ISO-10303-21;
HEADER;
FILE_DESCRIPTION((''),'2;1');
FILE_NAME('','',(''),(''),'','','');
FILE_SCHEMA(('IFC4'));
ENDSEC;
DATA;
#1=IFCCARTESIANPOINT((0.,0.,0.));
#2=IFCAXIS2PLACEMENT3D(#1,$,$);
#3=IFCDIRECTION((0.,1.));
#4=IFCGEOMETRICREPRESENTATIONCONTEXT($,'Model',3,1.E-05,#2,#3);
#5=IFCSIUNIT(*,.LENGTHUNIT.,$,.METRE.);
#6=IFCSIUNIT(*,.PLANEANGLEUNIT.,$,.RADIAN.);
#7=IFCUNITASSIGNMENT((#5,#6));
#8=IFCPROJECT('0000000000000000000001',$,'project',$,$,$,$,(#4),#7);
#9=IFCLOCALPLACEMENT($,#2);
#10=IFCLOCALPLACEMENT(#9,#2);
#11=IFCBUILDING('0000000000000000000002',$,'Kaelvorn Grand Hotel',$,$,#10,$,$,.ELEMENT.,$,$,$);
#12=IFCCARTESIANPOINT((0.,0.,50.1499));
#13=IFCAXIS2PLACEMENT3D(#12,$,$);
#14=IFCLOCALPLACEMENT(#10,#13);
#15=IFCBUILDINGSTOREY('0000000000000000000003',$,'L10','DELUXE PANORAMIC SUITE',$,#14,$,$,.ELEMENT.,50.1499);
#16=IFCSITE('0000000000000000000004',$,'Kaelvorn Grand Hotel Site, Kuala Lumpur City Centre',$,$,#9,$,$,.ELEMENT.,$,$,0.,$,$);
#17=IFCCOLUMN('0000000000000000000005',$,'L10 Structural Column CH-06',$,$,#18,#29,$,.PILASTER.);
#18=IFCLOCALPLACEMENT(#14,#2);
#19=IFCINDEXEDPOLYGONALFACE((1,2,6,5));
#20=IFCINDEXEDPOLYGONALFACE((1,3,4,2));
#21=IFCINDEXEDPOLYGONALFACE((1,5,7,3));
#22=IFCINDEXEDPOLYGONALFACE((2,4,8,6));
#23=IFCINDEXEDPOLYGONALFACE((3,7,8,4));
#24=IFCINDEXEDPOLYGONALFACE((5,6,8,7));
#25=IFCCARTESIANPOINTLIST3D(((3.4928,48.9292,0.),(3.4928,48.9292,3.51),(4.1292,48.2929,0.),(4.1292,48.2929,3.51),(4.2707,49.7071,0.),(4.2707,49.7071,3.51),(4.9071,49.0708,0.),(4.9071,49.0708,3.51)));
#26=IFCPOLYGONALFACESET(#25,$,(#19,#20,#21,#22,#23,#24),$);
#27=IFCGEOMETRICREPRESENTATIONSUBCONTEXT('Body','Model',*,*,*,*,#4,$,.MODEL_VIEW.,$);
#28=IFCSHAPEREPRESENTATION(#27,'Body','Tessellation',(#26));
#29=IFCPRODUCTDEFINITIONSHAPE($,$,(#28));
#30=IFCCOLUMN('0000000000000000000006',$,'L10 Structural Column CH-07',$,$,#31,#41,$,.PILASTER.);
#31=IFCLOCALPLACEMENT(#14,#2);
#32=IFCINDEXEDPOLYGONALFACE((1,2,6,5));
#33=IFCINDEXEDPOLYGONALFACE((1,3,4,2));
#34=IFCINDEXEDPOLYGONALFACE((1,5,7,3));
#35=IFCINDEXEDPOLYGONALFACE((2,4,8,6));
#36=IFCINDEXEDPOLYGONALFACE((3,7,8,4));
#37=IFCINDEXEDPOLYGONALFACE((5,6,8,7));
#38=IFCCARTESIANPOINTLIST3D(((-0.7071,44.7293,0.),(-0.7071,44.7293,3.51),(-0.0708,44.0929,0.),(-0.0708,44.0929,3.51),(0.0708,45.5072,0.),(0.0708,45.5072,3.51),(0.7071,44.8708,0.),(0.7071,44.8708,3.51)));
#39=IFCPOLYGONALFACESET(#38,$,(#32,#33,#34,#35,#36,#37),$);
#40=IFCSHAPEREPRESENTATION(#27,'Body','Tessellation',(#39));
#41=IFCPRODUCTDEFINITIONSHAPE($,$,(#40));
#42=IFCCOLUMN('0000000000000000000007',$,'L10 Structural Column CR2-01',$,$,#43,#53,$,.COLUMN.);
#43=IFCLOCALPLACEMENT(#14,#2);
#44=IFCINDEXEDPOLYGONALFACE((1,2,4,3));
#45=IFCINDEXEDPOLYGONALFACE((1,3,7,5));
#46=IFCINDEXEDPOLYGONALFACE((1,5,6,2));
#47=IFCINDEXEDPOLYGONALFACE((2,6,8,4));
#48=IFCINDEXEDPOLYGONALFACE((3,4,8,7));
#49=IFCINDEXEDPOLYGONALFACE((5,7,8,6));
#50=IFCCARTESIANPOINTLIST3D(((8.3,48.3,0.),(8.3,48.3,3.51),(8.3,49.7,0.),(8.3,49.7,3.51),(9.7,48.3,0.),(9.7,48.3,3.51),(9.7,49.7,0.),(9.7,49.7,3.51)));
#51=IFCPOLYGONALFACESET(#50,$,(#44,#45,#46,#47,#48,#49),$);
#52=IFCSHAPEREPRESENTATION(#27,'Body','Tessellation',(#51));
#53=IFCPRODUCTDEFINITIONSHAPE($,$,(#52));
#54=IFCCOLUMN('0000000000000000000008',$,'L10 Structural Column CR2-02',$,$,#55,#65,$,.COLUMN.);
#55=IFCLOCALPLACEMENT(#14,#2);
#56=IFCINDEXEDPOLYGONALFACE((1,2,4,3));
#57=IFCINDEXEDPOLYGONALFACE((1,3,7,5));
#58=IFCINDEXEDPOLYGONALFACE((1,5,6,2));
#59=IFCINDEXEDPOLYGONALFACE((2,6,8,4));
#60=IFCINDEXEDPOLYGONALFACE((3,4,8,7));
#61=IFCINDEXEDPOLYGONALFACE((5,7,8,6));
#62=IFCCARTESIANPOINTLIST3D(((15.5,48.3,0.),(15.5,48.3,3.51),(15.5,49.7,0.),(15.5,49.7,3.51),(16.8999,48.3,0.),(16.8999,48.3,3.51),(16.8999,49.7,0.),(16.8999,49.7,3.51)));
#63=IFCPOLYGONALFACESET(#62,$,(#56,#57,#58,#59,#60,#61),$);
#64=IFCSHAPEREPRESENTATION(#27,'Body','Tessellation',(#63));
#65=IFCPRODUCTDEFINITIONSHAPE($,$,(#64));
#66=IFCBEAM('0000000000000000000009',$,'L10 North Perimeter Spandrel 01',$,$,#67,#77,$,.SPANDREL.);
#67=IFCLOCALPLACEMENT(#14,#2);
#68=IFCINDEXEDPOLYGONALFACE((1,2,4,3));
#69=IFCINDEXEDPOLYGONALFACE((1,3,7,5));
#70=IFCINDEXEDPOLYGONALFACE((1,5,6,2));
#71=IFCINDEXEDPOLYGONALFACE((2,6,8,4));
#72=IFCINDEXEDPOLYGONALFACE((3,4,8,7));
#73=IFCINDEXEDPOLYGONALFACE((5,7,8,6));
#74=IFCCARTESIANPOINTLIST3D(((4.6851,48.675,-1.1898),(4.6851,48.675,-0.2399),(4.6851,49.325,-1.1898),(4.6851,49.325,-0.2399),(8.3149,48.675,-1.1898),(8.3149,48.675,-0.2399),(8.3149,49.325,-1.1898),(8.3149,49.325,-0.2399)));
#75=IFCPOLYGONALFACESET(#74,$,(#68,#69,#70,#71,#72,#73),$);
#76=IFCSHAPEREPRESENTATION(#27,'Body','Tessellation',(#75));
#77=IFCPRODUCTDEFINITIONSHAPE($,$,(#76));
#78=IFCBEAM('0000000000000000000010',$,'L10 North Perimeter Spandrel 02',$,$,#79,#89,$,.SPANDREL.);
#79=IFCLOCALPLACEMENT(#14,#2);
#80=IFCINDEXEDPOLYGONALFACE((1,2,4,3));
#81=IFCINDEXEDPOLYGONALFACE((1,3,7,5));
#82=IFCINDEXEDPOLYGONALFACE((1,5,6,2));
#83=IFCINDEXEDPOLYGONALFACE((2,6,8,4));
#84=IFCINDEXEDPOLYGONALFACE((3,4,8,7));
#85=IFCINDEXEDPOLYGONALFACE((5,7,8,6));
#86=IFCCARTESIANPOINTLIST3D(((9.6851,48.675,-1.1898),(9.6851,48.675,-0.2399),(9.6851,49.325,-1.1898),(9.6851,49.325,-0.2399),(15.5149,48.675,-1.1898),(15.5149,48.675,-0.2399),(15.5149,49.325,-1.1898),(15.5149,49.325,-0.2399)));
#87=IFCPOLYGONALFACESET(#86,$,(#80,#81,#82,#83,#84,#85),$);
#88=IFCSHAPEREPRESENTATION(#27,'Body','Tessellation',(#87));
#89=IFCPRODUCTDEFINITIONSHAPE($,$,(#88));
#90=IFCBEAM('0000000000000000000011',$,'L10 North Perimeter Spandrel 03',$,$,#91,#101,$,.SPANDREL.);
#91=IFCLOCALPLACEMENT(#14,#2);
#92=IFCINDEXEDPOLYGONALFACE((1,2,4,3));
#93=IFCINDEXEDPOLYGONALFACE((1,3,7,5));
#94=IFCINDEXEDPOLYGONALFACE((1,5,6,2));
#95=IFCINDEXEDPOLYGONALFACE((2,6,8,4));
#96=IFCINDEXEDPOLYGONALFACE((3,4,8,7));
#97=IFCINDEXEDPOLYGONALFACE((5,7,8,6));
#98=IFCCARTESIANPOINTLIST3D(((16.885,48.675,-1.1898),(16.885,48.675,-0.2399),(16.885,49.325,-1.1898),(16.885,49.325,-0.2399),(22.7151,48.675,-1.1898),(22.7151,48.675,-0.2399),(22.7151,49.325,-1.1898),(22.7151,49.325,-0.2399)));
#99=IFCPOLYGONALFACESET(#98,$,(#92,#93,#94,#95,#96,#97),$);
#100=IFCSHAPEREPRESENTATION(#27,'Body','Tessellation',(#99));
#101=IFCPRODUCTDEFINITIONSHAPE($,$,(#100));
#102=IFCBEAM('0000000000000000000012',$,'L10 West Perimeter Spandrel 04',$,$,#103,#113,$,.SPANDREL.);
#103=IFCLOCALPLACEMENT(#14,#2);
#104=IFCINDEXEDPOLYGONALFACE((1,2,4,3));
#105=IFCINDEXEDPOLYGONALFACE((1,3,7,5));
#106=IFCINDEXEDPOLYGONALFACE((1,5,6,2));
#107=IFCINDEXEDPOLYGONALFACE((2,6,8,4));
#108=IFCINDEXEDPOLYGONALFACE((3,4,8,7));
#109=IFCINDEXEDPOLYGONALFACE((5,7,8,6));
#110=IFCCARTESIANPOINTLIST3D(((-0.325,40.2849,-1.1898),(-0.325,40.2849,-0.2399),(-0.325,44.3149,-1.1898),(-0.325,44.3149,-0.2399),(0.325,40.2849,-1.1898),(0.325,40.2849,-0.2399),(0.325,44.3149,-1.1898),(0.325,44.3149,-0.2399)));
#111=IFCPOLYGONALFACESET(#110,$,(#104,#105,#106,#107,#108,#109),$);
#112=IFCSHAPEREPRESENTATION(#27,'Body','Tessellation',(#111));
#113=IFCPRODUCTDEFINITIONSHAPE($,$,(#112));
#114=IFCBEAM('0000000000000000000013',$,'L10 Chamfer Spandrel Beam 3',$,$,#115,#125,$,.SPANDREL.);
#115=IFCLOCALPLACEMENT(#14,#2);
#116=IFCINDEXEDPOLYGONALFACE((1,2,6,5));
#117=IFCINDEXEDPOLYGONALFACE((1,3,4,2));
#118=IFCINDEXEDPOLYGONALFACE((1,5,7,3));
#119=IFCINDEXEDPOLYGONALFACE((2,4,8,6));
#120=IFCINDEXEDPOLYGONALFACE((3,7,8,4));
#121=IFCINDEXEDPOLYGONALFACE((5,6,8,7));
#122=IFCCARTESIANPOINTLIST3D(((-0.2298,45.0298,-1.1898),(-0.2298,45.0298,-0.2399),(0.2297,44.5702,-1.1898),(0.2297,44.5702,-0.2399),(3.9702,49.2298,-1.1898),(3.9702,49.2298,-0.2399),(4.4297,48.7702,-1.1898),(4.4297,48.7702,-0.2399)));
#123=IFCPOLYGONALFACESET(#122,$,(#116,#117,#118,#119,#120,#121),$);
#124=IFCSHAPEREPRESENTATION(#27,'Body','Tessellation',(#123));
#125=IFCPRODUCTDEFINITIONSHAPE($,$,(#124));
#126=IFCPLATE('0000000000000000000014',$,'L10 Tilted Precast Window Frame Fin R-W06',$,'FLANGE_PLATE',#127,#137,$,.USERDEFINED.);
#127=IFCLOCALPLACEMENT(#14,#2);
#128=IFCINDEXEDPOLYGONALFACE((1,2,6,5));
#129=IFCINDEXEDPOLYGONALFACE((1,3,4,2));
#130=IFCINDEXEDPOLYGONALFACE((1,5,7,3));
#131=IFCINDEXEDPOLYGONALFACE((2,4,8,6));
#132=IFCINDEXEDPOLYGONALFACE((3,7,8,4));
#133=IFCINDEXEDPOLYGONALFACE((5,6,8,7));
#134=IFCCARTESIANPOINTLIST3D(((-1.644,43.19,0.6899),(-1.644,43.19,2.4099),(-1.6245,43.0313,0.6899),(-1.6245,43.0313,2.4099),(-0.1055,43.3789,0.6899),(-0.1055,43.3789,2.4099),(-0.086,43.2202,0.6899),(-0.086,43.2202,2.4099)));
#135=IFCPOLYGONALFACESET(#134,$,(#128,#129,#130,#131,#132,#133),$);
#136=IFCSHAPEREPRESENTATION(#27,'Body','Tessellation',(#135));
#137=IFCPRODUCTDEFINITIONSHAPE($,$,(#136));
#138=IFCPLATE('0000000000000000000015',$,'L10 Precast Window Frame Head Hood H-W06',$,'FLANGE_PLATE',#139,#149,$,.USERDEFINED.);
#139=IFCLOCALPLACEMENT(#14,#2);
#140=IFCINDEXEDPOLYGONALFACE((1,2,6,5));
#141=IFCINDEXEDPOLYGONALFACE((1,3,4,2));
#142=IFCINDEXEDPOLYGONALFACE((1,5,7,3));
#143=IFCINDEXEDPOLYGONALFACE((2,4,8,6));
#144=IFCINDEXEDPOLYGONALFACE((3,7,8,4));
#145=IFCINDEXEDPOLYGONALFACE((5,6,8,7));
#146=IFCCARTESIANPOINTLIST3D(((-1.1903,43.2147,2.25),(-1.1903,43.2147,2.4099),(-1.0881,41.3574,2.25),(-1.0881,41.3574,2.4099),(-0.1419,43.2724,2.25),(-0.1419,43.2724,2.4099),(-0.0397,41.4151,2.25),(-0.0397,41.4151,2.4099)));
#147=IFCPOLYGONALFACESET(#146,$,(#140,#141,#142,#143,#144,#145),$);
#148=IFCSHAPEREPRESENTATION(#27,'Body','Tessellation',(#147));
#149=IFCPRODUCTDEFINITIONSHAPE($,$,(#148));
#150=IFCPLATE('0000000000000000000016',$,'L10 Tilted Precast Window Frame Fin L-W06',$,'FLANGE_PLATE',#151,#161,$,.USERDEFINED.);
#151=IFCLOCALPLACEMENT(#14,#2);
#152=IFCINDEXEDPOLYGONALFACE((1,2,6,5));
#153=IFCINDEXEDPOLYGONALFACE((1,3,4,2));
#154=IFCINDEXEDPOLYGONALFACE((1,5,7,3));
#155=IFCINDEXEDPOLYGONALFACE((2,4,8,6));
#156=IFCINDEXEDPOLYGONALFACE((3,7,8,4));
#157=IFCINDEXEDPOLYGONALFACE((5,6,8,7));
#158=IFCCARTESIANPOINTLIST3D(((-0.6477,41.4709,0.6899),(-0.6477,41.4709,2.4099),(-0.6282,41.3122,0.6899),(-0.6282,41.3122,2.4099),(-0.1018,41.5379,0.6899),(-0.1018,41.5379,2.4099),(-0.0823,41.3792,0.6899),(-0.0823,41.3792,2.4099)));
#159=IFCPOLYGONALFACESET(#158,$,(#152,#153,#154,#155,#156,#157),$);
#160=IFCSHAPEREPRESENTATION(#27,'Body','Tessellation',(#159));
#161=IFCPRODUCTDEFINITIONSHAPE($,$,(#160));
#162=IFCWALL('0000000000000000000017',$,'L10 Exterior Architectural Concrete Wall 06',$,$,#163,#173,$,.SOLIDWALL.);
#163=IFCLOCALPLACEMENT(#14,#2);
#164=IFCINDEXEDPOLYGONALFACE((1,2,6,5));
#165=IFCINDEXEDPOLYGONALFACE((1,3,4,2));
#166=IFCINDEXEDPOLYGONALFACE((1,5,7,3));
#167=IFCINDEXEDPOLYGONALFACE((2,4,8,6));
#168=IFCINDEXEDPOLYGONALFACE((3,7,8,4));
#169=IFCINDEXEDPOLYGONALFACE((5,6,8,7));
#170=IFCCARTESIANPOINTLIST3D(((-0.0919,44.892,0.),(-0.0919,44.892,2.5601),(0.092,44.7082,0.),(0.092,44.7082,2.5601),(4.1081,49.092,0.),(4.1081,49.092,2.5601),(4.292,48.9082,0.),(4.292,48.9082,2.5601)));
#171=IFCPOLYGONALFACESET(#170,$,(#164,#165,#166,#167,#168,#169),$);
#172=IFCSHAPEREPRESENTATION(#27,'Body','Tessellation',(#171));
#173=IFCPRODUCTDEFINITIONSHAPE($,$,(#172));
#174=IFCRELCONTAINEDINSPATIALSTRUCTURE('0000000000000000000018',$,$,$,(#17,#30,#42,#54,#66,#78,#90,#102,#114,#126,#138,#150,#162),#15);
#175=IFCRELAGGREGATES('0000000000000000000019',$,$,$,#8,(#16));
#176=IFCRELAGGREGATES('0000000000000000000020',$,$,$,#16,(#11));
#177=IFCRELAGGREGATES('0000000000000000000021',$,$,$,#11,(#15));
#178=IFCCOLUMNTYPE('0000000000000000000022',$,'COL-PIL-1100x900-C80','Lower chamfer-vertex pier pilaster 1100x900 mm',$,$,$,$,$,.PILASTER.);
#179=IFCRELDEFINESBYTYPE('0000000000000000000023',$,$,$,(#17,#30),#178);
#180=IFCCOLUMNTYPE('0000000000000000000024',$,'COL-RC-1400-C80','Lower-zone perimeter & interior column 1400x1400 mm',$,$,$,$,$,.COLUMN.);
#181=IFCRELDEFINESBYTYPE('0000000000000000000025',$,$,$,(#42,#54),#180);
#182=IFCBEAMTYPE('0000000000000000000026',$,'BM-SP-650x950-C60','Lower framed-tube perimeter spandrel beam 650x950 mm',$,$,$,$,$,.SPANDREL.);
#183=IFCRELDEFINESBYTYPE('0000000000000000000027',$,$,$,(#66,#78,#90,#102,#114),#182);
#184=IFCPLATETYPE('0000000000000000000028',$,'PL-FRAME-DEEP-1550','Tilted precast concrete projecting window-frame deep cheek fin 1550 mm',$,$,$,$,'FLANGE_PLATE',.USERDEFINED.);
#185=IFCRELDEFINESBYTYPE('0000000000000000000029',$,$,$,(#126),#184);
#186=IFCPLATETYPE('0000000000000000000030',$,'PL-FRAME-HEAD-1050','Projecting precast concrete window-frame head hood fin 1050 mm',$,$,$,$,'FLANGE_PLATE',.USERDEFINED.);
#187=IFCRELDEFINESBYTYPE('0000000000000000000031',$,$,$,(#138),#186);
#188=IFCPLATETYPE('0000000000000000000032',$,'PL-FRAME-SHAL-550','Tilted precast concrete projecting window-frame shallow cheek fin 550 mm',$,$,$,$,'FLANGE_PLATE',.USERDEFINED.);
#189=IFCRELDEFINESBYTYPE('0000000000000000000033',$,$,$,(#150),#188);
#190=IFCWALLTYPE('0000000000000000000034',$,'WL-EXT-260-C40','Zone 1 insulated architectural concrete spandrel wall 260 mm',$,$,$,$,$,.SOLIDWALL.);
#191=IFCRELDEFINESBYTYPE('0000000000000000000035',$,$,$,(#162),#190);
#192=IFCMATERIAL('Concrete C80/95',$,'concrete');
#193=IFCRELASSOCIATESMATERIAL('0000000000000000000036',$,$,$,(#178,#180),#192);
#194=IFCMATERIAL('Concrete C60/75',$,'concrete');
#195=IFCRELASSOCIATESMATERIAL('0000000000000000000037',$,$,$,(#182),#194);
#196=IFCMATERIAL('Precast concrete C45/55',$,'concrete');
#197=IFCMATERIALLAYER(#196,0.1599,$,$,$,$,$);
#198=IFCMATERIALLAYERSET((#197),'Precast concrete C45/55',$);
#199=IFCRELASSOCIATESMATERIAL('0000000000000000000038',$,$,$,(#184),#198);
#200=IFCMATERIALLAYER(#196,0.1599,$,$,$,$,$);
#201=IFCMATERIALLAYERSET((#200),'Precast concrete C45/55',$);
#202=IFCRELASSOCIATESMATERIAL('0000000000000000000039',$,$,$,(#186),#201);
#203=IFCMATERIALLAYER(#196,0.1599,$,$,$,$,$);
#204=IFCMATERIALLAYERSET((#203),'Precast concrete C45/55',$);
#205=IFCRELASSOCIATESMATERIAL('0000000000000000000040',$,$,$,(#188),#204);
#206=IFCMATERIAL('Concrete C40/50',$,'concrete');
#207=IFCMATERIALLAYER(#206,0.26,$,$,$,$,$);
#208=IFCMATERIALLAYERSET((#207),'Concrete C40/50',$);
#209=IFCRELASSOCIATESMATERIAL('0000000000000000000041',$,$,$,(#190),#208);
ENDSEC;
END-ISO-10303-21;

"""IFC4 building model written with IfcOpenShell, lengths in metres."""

from ifc_helpers import new_model, si_unit, direction, frame, frame_2d, origin, origin_2d, place, context, subcontext, project, spatial, rectangle, extrude, material, layer, layer_set, material_profile, profile_set, type_object, element, save


model = new_model("IFC4")

# Units and contexts
model_context = context("Model", 3, precision=1e-05, world=origin(), true_north=direction((0.0, 1.0)))
body_context = subcontext(model_context, "Body", "Model", "MODEL_VIEW")
ifc_project = project(units=[si_unit("LENGTHUNIT", "METRE"), si_unit("PLANEANGLEUNIT", "RADIAN")], contexts=[model_context])

# Site, building, storey
site_placement = place(None, origin())
site = spatial("IfcSite", under=ifc_project, at=site_placement, Name="Kaelvorn Grand Hotel Site, Kuala Lumpur City Centre", CompositionType="ELEMENT", RefElevation=0.0)
building_placement = place(site_placement, origin())
building = spatial("IfcBuilding", under=site, at=building_placement, Name="Kaelvorn Grand Hotel", CompositionType="ELEMENT")
storey_placement = place(building_placement, frame((0.0, 0.0, 50.1499)))
storey = spatial("IfcBuildingStorey", under=building, at=storey_placement, Name="L10", Description="DELUXE PANORAMIC SUITE", CompositionType="ELEMENT", Elevation=50.1499)

# Columns
ifc_material_1 = material(Name="Concrete C80/95", Category="concrete")
ifc_material_profile_1 = material_profile(ifc_material_1, rectangle(XDim=1.1001, YDim=0.8999, at=origin_2d()), Name="RC PILASTER 1100x900")
ifc_profile_set_1 = profile_set([ifc_material_profile_1], Name="Concrete C80/95")
column_type_1 = type_object("IfcColumnType", Name="COL-PIL-1100x900-C80", Description="Lower chamfer-vertex pier pilaster 1100x900 mm", PredefinedType="PILASTER", material=ifc_profile_set_1)
for number, where, z_axis, x_axis, name in (
    (1, (4.2, 49.0, 0.0), (0.0, 0.0, 1.0), (0.707107, 0.707107, 0.0), "L10 Structural Column CH-06"),
    (2, (0.0, 44.8, 0.0), (0.0, 0.0, 1.0), (0.707107, 0.707107, 0.0), "L10 Structural Column CH-07"),
):
    element("IfcColumn", number, at=place(storey_placement, frame(where, z_axis=z_axis, x_axis=x_axis)), inside=storey, type_object=column_type_1, Name=name, PredefinedType="PILASTER", context=body_context, shape_type="SweptSolid", body=[
        extrude(rectangle(XDim=1.1001, YDim=0.8999, at=origin_2d()), origin(), (0.0, 0.0, 1.0), 3.51),
    ])
ifc_material_profile_2 = material_profile(ifc_material_1, rectangle(XDim=1.3999, YDim=1.3999, at=origin_2d()), Name="RC COL 1400x1400")
ifc_profile_set_2 = profile_set([ifc_material_profile_2], Name="Concrete C80/95")
column_type_2 = type_object("IfcColumnType", Name="COL-RC-1400-C80", Description="Lower-zone perimeter & interior column 1400x1400 mm", PredefinedType="COLUMN", material=ifc_profile_set_2)
for number, where, z_axis, x_axis, name in (
    (3, (9.0, 49.0, 0.0), (0.0, 0.0, 1.0), (1.0, 0.0, 0.0), "L10 Structural Column CR2-01"),
    (4, (16.2, 49.0, 0.0), (0.0, 0.0, 1.0), (1.0, 0.0, 0.0), "L10 Structural Column CR2-02"),
):
    element("IfcColumn", number, at=place(storey_placement, frame(where, z_axis=z_axis, x_axis=x_axis)), inside=storey, type_object=column_type_2, Name=name, PredefinedType="COLUMN", context=body_context, shape_type="SweptSolid", body=[
        extrude(rectangle(XDim=1.3999, YDim=1.3999, at=origin_2d()), origin(), (0.0, 0.0, 1.0), 3.51),
    ])

# Beams
ifc_material_2 = material(Name="Concrete C60/75", Category="concrete")
ifc_material_profile_3 = material_profile(ifc_material_2, rectangle(XDim=0.6499, YDim=0.95, at=origin_2d()), Name="RC SPANDREL 650x950")
ifc_profile_set_3 = profile_set([ifc_material_profile_3], Name="Concrete C60/75")
beam_type = type_object("IfcBeamType", Name="BM-SP-650x950-C60", Description="Lower framed-tube perimeter spandrel beam 650x950 mm", PredefinedType="SPANDREL", material=ifc_profile_set_3)
beam_1_placement = place(storey_placement, frame((4.6851, 49.0, -0.7148), z_axis=(1.0, 0.0, 0.0), x_axis=(0.0, 1.0, 0.0)))
element("IfcBeam", 5, at=beam_1_placement, inside=storey, type_object=beam_type, Name="L10 North Perimeter Spandrel 01", PredefinedType="SPANDREL", context=body_context, shape_type="SweptSolid", body=[
    extrude(rectangle(XDim=0.6499, YDim=0.95, at=origin_2d()), origin(), (0.0, 0.0, 1.0), 3.6299),
])
beam_2_placement = place(storey_placement, frame((9.6851, 49.0, -0.7148), z_axis=(1.0, 0.0, 0.0), x_axis=(0.0, 1.0, 0.0)))
element("IfcBeam", 6, at=beam_2_placement, inside=storey, type_object=beam_type, Name="L10 North Perimeter Spandrel 02", PredefinedType="SPANDREL", context=body_context, shape_type="SweptSolid", body=[
    extrude(rectangle(XDim=0.6499, YDim=0.95, at=origin_2d()), origin(), (0.0, 0.0, 1.0), 5.8298),
])
beam_3_placement = place(storey_placement, frame((16.885, 49.0, -0.7148), z_axis=(1.0, 0.0, 0.0), x_axis=(0.0, 1.0, 0.0)))
element("IfcBeam", 7, at=beam_3_placement, inside=storey, type_object=beam_type, Name="L10 North Perimeter Spandrel 03", PredefinedType="SPANDREL", context=body_context, shape_type="SweptSolid", body=[
    extrude(rectangle(XDim=0.6499, YDim=0.95, at=origin_2d()), origin(), (0.0, 0.0, 1.0), 5.8301),
])
beam_4_placement = place(storey_placement, frame((0.0, 40.2849, -0.7148), z_axis=(0.0, 1.0, 0.0), x_axis=(-1.0, 0.0, 0.0)))
element("IfcBeam", 8, at=beam_4_placement, inside=storey, type_object=beam_type, Name="L10 West Perimeter Spandrel 04", PredefinedType="SPANDREL", context=body_context, shape_type="SweptSolid", body=[
    extrude(rectangle(XDim=0.6499, YDim=0.95, at=origin_2d()), origin(), (0.0, 0.0, 1.0), 4.03),
])
beam_5_placement = place(storey_placement, frame((4.2, 49.0, -0.7148), z_axis=(-0.707107, -0.707107, 0.0), x_axis=(0.707107, -0.707107, 0.0)))
element("IfcBeam", 9, at=beam_5_placement, inside=storey, type_object=beam_type, Name="L10 Chamfer Spandrel Beam 3", PredefinedType="SPANDREL", context=body_context, shape_type="SweptSolid", body=[
    extrude(rectangle(XDim=0.6499, YDim=0.95, at=origin_2d()), origin(), (0.0, 0.0, 1.0), 5.9397),
])

# Plates
ifc_material_3 = material(Name="Precast concrete C45/55", Category="concrete")
ifc_layer_1 = layer(ifc_material_3, 0.1599)
ifc_layer_set_1 = layer_set([ifc_layer_1], Name="Precast concrete C45/55")
plate_type_1 = type_object("IfcPlateType", Name="PL-FRAME-DEEP-1550", Description="Tilted precast concrete projecting window-frame deep cheek fin 1550 mm", ElementType="FLANGE_PLATE", PredefinedType="USERDEFINED", material=ifc_layer_set_1)
plate_1_placement = place(storey_placement, frame((-0.865, 43.2051, 0.6899), z_axis=(0.0, 0.0, 1.0), x_axis=(-0.121869, 0.992546, 0.0)))
element("IfcPlate", 10, at=plate_1_placement, inside=storey, type_object=plate_type_1, Name="L10 Tilted Precast Window Frame Fin R-W06", ObjectType="FLANGE_PLATE", PredefinedType="USERDEFINED", context=body_context, shape_type="SweptSolid", body=[
    extrude(rectangle(XDim=0.1599, YDim=1.55, at=origin_2d()), origin(), (0.0, 0.0, 1.0), 1.72),
])
ifc_layer_2 = layer(ifc_material_3, 0.1599)
ifc_layer_set_2 = layer_set([ifc_layer_2], Name="Precast concrete C45/55")
plate_type_2 = type_object("IfcPlateType", Name="PL-FRAME-HEAD-1050", Description="Projecting precast concrete window-frame head hood fin 1050 mm", ElementType="FLANGE_PLATE", PredefinedType="USERDEFINED", material=ifc_layer_set_2)
plate_2_placement = place(storey_placement, frame((-0.615, 42.3149, 2.25), z_axis=(0.0, 0.0, 1.0), x_axis=(-0.05495, 0.998489, 0.0)))
element("IfcPlate", 11, at=plate_2_placement, inside=storey, type_object=plate_type_2, Name="L10 Precast Window Frame Head Hood H-W06", ObjectType="FLANGE_PLATE", PredefinedType="USERDEFINED", context=body_context, shape_type="SweptSolid", body=[
    extrude(rectangle(XDim=1.8601, YDim=1.05, at=origin_2d()), origin(), (0.0, 0.0, 1.0), 0.1599),
])
ifc_layer_3 = layer(ifc_material_3, 0.1599)
ifc_layer_set_3 = layer_set([ifc_layer_3], Name="Precast concrete C45/55")
plate_type_3 = type_object("IfcPlateType", Name="PL-FRAME-SHAL-550", Description="Tilted precast concrete projecting window-frame shallow cheek fin 550 mm", ElementType="FLANGE_PLATE", PredefinedType="USERDEFINED", material=ifc_layer_set_3)
plate_3_placement = place(storey_placement, frame((-0.365, 41.425, 0.6899), z_axis=(0.0, 0.0, 1.0), x_axis=(-0.121869, 0.992546, 0.0)))
element("IfcPlate", 12, at=plate_3_placement, inside=storey, type_object=plate_type_3, Name="L10 Tilted Precast Window Frame Fin L-W06", ObjectType="FLANGE_PLATE", PredefinedType="USERDEFINED", context=body_context, shape_type="SweptSolid", body=[
    extrude(rectangle(XDim=0.1599, YDim=0.55, at=origin_2d()), origin(), (0.0, 0.0, 1.0), 1.72),
])

# Wall
ifc_material_4 = material(Name="Concrete C40/50", Category="concrete")
ifc_layer_4 = layer(ifc_material_4, 0.26)
ifc_layer_set_4 = layer_set([ifc_layer_4], Name="Concrete C40/50")
wall_type_1 = type_object("IfcWallType", Name="WL-EXT-260-C40", Description="Zone 1 insulated architectural concrete spandrel wall 260 mm", PredefinedType="SOLIDWALL", material=ifc_layer_set_4)
wall_1_placement = place(storey_placement, frame((4.2, 49.0, 0.0), z_axis=(0.0, 0.0, 1.0), x_axis=(-0.707107, -0.707107, 0.0)))
element("IfcWall", 13, at=wall_1_placement, inside=storey, type_object=wall_type_1, Name="L10 Exterior Architectural Concrete Wall 06", PredefinedType="SOLIDWALL", context=body_context, shape_type="SweptSolid", body=[
    extrude(rectangle(XDim=5.9397, YDim=0.26, at=frame_2d((2.9697, 0.0))), origin(), (0.0, 0.0, 1.0), 2.5601),
])

save(model, "model.ifc")
